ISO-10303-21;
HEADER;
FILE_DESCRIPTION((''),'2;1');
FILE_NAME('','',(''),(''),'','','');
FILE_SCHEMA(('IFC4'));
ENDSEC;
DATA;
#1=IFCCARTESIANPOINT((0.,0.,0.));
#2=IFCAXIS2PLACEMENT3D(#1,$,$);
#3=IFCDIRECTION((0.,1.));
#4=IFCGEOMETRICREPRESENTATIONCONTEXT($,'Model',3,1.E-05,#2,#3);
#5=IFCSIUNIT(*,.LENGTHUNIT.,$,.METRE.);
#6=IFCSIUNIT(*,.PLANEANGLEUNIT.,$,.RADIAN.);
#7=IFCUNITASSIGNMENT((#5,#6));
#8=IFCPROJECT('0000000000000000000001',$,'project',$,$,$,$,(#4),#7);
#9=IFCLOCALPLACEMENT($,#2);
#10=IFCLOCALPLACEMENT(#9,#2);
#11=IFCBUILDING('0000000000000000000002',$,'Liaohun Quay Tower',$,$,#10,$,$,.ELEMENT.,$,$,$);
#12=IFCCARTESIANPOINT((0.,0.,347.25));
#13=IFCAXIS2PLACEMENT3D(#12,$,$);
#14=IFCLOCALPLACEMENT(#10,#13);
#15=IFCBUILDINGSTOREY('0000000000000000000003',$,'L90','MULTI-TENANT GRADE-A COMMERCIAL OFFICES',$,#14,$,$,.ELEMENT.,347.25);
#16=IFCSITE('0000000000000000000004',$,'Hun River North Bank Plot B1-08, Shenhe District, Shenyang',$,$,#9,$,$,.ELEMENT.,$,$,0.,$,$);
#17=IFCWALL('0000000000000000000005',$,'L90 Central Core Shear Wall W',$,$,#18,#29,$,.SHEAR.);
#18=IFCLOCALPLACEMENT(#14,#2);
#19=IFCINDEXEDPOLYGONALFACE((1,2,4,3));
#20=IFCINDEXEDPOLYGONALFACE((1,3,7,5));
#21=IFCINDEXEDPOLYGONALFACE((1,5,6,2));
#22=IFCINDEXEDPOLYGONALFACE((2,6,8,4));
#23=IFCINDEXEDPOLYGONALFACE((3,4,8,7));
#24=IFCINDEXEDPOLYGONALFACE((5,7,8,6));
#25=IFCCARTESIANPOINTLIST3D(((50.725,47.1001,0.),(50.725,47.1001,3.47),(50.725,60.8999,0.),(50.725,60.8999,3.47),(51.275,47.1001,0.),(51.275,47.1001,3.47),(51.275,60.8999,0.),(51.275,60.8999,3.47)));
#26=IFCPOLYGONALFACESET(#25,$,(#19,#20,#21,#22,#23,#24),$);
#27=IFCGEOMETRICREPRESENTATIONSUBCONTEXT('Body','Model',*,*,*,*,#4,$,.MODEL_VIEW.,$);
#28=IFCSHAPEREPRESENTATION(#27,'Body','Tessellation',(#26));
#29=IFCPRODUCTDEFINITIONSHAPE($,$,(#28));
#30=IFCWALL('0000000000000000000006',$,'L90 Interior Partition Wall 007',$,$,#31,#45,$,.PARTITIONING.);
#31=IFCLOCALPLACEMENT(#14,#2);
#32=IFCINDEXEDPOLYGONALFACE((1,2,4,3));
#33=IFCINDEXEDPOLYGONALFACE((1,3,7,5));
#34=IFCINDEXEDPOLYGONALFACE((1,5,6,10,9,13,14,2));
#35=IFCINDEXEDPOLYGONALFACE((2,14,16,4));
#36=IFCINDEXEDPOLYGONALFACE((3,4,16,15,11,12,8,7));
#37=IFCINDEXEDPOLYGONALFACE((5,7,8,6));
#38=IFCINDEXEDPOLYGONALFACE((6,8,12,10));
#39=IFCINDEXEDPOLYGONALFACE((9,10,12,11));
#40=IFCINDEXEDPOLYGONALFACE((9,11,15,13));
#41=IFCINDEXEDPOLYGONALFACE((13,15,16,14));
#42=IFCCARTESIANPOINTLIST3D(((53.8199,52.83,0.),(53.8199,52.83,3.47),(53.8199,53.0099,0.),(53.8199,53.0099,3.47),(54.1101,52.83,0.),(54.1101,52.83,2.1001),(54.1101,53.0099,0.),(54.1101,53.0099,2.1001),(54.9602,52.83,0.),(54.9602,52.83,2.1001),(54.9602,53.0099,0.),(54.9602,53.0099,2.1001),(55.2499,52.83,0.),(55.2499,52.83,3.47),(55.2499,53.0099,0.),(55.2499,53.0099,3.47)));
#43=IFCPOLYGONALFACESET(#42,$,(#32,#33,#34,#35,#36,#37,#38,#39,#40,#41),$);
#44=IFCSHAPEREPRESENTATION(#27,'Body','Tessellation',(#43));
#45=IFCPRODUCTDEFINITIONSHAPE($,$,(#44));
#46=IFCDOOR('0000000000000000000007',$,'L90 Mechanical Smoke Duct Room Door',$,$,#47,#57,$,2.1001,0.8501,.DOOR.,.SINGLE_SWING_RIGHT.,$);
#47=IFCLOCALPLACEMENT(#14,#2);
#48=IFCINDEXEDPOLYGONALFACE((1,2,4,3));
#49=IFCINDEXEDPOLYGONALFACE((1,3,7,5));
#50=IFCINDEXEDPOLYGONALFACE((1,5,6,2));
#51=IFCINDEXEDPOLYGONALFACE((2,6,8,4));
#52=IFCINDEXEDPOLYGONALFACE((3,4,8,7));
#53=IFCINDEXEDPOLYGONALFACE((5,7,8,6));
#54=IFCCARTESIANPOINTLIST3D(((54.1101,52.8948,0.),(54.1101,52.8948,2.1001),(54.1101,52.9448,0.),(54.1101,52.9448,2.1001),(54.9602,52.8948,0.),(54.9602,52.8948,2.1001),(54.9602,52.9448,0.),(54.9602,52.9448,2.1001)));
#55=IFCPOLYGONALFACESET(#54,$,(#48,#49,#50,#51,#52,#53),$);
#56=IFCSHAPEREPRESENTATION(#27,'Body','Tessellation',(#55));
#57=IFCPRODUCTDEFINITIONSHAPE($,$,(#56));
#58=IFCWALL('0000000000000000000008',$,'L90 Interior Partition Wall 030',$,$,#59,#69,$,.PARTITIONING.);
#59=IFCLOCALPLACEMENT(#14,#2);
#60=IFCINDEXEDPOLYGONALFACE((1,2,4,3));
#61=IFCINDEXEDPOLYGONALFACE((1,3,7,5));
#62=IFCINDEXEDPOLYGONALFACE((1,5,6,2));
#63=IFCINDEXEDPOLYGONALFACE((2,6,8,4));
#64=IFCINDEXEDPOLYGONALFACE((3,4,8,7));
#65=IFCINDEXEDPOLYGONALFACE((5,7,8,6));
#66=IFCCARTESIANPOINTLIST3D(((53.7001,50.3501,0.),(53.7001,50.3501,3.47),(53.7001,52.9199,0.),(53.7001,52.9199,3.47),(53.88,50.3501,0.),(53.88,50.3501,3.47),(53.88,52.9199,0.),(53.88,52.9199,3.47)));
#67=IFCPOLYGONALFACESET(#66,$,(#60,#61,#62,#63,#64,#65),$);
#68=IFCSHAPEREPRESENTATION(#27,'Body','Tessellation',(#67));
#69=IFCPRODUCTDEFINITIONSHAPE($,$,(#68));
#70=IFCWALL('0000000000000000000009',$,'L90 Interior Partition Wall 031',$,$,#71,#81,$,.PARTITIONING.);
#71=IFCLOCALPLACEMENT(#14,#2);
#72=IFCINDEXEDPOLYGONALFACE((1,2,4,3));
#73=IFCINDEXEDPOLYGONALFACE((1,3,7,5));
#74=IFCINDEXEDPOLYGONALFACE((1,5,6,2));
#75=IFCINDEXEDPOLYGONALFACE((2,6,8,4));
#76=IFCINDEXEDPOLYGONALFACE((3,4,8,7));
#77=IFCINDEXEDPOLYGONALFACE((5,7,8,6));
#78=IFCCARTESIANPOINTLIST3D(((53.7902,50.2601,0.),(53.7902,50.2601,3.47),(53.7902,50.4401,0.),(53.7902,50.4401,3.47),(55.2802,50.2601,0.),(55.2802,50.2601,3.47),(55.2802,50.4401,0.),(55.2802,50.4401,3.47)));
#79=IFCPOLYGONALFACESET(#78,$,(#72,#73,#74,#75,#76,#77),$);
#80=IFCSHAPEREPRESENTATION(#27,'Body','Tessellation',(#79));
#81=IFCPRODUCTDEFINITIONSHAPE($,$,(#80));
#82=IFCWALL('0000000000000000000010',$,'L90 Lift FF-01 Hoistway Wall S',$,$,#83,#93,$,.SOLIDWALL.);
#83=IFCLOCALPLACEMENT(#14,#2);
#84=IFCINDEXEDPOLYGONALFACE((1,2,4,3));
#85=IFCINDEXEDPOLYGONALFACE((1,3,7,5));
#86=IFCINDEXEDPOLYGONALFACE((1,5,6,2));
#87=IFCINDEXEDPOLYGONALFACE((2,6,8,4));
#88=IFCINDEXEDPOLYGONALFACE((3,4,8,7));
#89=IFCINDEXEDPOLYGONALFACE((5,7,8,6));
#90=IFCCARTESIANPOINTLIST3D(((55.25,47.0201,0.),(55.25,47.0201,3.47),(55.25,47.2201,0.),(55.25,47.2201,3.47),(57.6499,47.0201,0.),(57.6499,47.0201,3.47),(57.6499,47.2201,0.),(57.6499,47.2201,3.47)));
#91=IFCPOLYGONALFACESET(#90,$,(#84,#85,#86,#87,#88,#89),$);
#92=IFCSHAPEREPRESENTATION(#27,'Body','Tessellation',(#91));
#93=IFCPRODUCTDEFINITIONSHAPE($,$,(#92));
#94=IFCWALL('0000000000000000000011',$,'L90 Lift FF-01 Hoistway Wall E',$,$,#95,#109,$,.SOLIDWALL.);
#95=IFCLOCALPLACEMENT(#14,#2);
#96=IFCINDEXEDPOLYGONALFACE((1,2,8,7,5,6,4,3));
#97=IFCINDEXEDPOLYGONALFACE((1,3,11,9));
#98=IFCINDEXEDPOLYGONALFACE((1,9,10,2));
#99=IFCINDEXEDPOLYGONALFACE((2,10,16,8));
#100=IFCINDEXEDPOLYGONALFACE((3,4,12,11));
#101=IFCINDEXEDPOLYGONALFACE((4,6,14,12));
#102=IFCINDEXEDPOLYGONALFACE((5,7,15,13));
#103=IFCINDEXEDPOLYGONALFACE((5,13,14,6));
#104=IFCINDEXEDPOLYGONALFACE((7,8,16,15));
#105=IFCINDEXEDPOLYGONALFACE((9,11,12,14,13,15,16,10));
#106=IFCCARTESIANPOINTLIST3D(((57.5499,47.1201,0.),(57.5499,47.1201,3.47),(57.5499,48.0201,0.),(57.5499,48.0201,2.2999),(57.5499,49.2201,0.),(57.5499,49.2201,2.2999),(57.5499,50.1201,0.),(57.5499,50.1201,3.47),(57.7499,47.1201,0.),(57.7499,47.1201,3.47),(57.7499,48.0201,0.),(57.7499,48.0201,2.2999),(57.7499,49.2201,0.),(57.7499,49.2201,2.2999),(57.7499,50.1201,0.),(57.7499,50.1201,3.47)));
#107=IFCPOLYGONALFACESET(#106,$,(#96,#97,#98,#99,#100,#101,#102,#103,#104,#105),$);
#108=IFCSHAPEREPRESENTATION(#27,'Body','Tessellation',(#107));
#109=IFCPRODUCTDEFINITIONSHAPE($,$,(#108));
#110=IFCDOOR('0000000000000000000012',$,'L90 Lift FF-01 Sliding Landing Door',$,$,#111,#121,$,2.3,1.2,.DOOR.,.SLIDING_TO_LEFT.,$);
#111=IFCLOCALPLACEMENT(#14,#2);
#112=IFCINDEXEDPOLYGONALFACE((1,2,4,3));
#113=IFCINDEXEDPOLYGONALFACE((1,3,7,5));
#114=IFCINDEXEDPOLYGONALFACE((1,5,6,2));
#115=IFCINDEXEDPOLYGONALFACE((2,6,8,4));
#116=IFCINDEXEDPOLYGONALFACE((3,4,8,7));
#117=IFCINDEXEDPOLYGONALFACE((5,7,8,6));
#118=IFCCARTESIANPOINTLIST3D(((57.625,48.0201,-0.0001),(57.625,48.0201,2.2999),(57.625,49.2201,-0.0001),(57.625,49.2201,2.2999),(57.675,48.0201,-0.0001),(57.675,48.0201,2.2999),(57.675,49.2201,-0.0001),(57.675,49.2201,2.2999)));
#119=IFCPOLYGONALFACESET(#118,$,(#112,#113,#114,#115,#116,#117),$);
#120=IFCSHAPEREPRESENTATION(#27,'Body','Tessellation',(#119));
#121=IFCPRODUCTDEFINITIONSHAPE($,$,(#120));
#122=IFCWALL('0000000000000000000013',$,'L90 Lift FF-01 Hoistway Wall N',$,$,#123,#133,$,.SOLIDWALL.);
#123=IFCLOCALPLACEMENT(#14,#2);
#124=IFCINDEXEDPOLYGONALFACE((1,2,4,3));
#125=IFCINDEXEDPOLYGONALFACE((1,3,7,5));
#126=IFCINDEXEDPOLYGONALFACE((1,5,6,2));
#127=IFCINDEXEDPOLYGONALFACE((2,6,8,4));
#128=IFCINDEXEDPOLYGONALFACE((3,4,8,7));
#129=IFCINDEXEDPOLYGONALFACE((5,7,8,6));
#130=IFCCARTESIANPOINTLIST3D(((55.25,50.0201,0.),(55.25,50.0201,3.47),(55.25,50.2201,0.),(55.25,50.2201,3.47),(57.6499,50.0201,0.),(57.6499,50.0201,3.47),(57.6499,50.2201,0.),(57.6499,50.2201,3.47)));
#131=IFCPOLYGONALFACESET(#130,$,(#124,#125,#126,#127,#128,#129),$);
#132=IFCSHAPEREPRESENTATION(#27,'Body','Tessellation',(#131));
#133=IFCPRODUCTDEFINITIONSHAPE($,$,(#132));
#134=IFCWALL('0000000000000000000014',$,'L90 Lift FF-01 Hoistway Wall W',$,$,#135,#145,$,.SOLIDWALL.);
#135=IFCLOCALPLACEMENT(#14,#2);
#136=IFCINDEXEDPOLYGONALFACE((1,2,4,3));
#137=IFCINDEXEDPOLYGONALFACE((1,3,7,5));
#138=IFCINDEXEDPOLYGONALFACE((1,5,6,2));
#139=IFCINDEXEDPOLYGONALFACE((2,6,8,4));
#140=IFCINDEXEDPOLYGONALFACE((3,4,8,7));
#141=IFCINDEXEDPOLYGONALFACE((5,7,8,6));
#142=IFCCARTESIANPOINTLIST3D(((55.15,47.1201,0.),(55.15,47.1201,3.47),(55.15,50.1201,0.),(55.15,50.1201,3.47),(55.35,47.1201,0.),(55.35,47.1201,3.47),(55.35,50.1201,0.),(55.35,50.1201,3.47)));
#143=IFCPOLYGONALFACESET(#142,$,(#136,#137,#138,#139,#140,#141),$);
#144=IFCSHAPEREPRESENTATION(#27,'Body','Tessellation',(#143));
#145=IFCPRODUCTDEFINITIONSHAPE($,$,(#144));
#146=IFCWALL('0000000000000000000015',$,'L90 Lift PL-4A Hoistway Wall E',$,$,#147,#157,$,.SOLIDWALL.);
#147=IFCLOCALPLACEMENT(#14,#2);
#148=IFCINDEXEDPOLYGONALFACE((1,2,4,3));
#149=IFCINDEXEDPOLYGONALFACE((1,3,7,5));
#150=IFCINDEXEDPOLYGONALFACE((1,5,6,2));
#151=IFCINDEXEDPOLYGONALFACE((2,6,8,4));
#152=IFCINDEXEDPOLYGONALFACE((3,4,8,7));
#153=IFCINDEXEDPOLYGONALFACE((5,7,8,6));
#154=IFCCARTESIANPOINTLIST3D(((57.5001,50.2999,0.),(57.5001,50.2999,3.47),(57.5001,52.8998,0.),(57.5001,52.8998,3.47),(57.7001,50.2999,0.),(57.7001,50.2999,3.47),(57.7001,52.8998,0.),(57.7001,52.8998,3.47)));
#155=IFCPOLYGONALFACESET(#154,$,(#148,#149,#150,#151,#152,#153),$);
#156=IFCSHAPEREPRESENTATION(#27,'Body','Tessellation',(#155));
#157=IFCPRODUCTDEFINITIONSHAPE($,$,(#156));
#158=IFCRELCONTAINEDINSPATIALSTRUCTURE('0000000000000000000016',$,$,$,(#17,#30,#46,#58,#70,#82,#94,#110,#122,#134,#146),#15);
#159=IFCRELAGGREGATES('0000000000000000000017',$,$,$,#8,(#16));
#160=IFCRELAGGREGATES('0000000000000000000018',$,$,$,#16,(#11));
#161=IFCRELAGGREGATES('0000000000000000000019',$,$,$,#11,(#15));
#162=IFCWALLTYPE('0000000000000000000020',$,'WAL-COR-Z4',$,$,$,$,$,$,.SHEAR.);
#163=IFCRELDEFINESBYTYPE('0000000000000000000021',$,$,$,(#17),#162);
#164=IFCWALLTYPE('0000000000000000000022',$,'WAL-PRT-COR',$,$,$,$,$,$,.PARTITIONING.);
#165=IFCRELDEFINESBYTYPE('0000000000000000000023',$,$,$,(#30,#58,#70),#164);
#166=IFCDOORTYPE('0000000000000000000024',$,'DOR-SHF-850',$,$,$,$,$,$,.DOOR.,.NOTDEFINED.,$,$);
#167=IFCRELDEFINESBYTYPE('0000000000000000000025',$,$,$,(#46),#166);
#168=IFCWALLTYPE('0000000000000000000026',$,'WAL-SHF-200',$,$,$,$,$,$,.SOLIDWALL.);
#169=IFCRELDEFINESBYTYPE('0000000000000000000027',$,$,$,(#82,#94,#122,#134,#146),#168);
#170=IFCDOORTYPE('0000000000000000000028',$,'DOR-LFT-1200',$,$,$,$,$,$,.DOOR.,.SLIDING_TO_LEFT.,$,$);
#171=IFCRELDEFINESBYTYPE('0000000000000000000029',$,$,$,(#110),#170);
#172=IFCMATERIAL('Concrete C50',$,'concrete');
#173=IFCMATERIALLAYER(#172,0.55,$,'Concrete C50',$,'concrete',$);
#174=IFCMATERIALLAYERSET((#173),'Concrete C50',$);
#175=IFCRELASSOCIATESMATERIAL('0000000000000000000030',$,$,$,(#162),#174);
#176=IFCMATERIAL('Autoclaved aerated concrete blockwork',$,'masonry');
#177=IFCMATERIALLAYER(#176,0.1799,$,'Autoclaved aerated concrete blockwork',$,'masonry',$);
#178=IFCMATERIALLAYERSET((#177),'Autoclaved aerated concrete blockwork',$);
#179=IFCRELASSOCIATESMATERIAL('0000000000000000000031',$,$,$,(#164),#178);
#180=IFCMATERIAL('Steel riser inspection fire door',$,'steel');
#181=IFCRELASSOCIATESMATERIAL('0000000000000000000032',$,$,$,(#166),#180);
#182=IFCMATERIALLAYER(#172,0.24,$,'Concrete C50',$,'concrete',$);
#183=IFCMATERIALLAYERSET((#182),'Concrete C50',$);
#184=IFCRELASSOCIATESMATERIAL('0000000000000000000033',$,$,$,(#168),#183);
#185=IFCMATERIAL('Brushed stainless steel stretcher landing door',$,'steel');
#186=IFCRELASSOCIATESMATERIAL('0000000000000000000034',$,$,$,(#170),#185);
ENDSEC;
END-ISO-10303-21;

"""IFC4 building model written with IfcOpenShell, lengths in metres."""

from ifc_helpers import new_model, si_unit, direction, frame, frame_2d, origin, place, context, subcontext, project, spatial, rectangle, extrude, source, transform, mapped, material, layer, layer_set, type_object, element, fill, save


model = new_model("IFC4")

# Units and contexts
model_context = context("Model", 3, precision=1e-05, world=origin(), true_north=direction((0.0, 1.0)))
body_context = subcontext(model_context, "Body", "Model", "MODEL_VIEW")
ifc_project = project(units=[si_unit("LENGTHUNIT", "METRE"), si_unit("PLANEANGLEUNIT", "RADIAN")], contexts=[model_context])

# Site, building, storey
site_placement = place(None, origin())
site = spatial("IfcSite", under=ifc_project, at=site_placement, Name="Hun River North Bank Plot B1-08, Shenhe District, Shenyang", CompositionType="ELEMENT", RefElevation=0.0)
building_placement = place(site_placement, origin())
building = spatial("IfcBuilding", under=site, at=building_placement, Name="Liaohun Quay Tower", CompositionType="ELEMENT")
storey_placement = place(building_placement, frame((0.0, 0.0, 347.25)))
storey = spatial("IfcBuildingStorey", under=building, at=storey_placement, Name="L90", Description="MULTI-TENANT GRADE-A COMMERCIAL OFFICES", CompositionType="ELEMENT", Elevation=347.25)

# Wall
ifc_material_1 = material(Name="Concrete C50", Category="concrete")
ifc_layer_1 = layer(ifc_material_1, 0.55, Name="Concrete C50", Category="concrete")
ifc_layer_set_1 = layer_set([ifc_layer_1], Name="Concrete C50")
wall_type_1 = type_object("IfcWallType", Name="WAL-COR-Z4", PredefinedType="SHEAR", material=ifc_layer_set_1)
wall_1_placement = place(storey_placement, frame((51.0, 47.1001, 0.0), z_axis=(0.0, 0.0, 1.0), x_axis=(0.0, 1.0, 0.0)))
element("IfcWall", 1, at=wall_1_placement, inside=storey, type_object=wall_type_1, Name="L90 Central Core Shear Wall W", PredefinedType="SHEAR", context=body_context, shape_type="SweptSolid", body=[
    extrude(rectangle(XDim=13.7998, YDim=0.55, at=frame_2d((6.8999, 0.0))), origin(), (0.0, 0.0, 1.0), 3.47),
])

# Wall, opening, door
ifc_material_2 = material(Name="Autoclaved aerated concrete blockwork", Category="masonry")
ifc_layer_2 = layer(ifc_material_2, 0.1799, Name="Autoclaved aerated concrete blockwork", Category="masonry")
ifc_layer_set_2 = layer_set([ifc_layer_2], Name="Autoclaved aerated concrete blockwork")
wall_type_2 = type_object("IfcWallType", Name="WAL-PRT-COR", PredefinedType="PARTITIONING", material=ifc_layer_set_2)
wall_2_placement = place(storey_placement, frame((53.8201, 52.9199, 0.0), z_axis=(0.0, 0.0, 1.0), x_axis=(1.0, 0.0, 0.0)))
wall_2 = element("IfcWall", 2, at=wall_2_placement, inside=storey, type_object=wall_type_2, Name="L90 Interior Partition Wall 007", PredefinedType="PARTITIONING", context=body_context, shape_type="SweptSolid", body=[
    extrude(rectangle(XDim=1.4299, YDim=0.1799, at=frame_2d((0.7148, 0.0))), origin(), (0.0, 0.0, 1.0), 3.47),
])
shared_shape_1 = source(origin(), body_context, "Body", "SweptSolid", [
    extrude(rectangle(XDim=0.8501, YDim=2.1001, at=frame_2d((0.425, 1.05))), frame((0.0, 0.0999, 0.0), z_axis=(0.0, -1.0, 0.0), x_axis=(1.0, 0.0, 0.0)), (0.0, 0.0, 1.0), 0.2),
])
opening_1_placement = place(wall_2_placement, frame((0.29, 0.0, 0.0)))
opening_1 = element("IfcOpeningElement", 3, at=opening_1_placement, cuts=wall_2, PredefinedType="OPENING", context=body_context, shape_type="MappedRepresentation", body=[
    mapped(shared_shape_1, transform((0.0, 0.0, 0.0), x_axis=(1.0, 0.0, 0.0), y_axis=(0.0, 1.0, 0.0), z_axis=(0.0, 0.0, 1.0), scale=1.0)),
])
ifc_material_3 = material(Name="Steel riser inspection fire door", Category="steel")
door_type_1 = type_object("IfcDoorType", Name="DOR-SHF-850", OperationType="NOTDEFINED", PredefinedType="DOOR", material=ifc_material_3)
shared_shape_2 = source(origin(), body_context, "Body", "SweptSolid", [
    extrude(rectangle(XDim=0.8501, YDim=2.1001, at=frame_2d((0.425, 1.05))), frame((0.0, 0.0249, 0.0), z_axis=(0.0, -1.0, 0.0), x_axis=(1.0, 0.0, 0.0)), (0.0, 0.0, 1.0), 0.05),
])
door_1_placement = place(opening_1_placement, origin())
door_1 = element("IfcDoor", 4, at=door_1_placement, inside=storey, type_object=door_type_1, Name="L90 Mechanical Smoke Duct Room Door", OperationType="SINGLE_SWING_RIGHT", OverallHeight=2.1001, OverallWidth=0.8501, PredefinedType="DOOR", context=body_context, shape_type="MappedRepresentation", body=[
    mapped(shared_shape_2, transform((0.0, 0.0, 0.0), x_axis=(1.0, 0.0, 0.0), y_axis=(0.0, 1.0, 0.0), z_axis=(0.0, 0.0, 1.0), scale=1.0)),
])
fill(opening_1, door_1)

# Walls
wall_3_placement = place(storey_placement, frame((53.79, 50.3501, 0.0), z_axis=(0.0, 0.0, 1.0), x_axis=(0.0, 1.0, 0.0)))
element("IfcWall", 5, at=wall_3_placement, inside=storey, type_object=wall_type_2, Name="L90 Interior Partition Wall 030", PredefinedType="PARTITIONING", context=body_context, shape_type="SweptSolid", body=[
    extrude(rectangle(XDim=2.5698, YDim=0.1799, at=frame_2d((1.2849, 0.0))), origin(), (0.0, 0.0, 1.0), 3.47),
])
wall_4_placement = place(storey_placement, frame((53.79, 50.3501, 0.0), z_axis=(0.0, 0.0, 1.0), x_axis=(1.0, 0.0, 0.0)))
element("IfcWall", 6, at=wall_4_placement, inside=storey, type_object=wall_type_2, Name="L90 Interior Partition Wall 031", PredefinedType="PARTITIONING", context=body_context, shape_type="SweptSolid", body=[
    extrude(rectangle(XDim=1.49, YDim=0.1799, at=frame_2d((0.7451, 0.0))), origin(), (0.0, 0.0, 1.0), 3.47),
])
ifc_layer_3 = layer(ifc_material_1, 0.24, Name="Concrete C50", Category="concrete")
ifc_layer_set_3 = layer_set([ifc_layer_3], Name="Concrete C50")
wall_type_3 = type_object("IfcWallType", Name="WAL-SHF-200", PredefinedType="SOLIDWALL", material=ifc_layer_set_3)
wall_5_placement = place(storey_placement, frame((55.25, 47.1201, 0.0), z_axis=(0.0, 0.0, 1.0), x_axis=(1.0, 0.0, 0.0)))
element("IfcWall", 7, at=wall_5_placement, inside=storey, type_object=wall_type_3, Name="L90 Lift FF-01 Hoistway Wall S", PredefinedType="SOLIDWALL", context=body_context, shape_type="SweptSolid", body=[
    extrude(rectangle(XDim=2.3999, YDim=0.2, at=frame_2d((1.2, 0.0))), origin(), (0.0, 0.0, 1.0), 3.47),
])

# Wall, opening, door
wall_6_placement = place(storey_placement, frame((57.6499, 47.1201, 0.0), z_axis=(0.0, 0.0, 1.0), x_axis=(0.0, 1.0, 0.0)))
wall_6 = element("IfcWall", 8, at=wall_6_placement, inside=storey, type_object=wall_type_3, Name="L90 Lift FF-01 Hoistway Wall E", PredefinedType="SOLIDWALL", context=body_context, shape_type="SweptSolid", body=[
    extrude(rectangle(XDim=3.0, YDim=0.2, at=frame_2d((1.5, 0.0))), origin(), (0.0, 0.0, 1.0), 3.47),
])
shared_shape_3 = source(origin(), body_context, "Body", "SweptSolid", [
    extrude(rectangle(XDim=1.2, YDim=2.3, at=frame_2d((0.6001, 1.1499))), frame((0.0, 0.1099, 0.0), z_axis=(0.0, -1.0, 0.0), x_axis=(1.0, 0.0, 0.0)), (0.0, 0.0, 1.0), 0.22),
])
opening_2_placement = place(wall_6_placement, frame((0.8999, 0.0, 0.0)))
opening_2 = element("IfcOpeningElement", 9, at=opening_2_placement, cuts=wall_6, PredefinedType="OPENING", context=body_context, shape_type="MappedRepresentation", body=[
    mapped(shared_shape_3, transform((0.0, 0.0, 0.0), x_axis=(1.0, 0.0, 0.0), y_axis=(0.0, 1.0, 0.0), z_axis=(0.0, 0.0, 1.0), scale=1.0)),
])
ifc_material_4 = material(Name="Brushed stainless steel stretcher landing door", Category="steel")
door_type_2 = type_object("IfcDoorType", Name="DOR-LFT-1200", OperationType="SLIDING_TO_LEFT", PredefinedType="DOOR", material=ifc_material_4)
shared_shape_4 = source(origin(), body_context, "Body", "SweptSolid", [
    extrude(rectangle(XDim=1.2, YDim=2.3, at=frame_2d((0.6001, 1.1499))), frame((0.0, 0.0249, 0.0), z_axis=(0.0, -1.0, 0.0), x_axis=(1.0, 0.0, 0.0)), (0.0, 0.0, 1.0), 0.05),
])
door_2_placement = place(opening_2_placement, origin())
door_2 = element("IfcDoor", 10, at=door_2_placement, inside=storey, type_object=door_type_2, Name="L90 Lift FF-01 Sliding Landing Door", OperationType="SLIDING_TO_LEFT", OverallHeight=2.3, OverallWidth=1.2, PredefinedType="DOOR", context=body_context, shape_type="MappedRepresentation", body=[
    mapped(shared_shape_4, transform((0.0, 0.0, 0.0), x_axis=(1.0, 0.0, 0.0), y_axis=(0.0, 1.0, 0.0), z_axis=(0.0, 0.0, 1.0), scale=1.0)),
])
fill(opening_2, door_2)

# Walls
wall_7_placement = place(storey_placement, frame((57.6499, 50.1201, 0.0), z_axis=(0.0, 0.0, 1.0), x_axis=(-1.0, 0.0, 0.0)))
element("IfcWall", 11, at=wall_7_placement, inside=storey, type_object=wall_type_3, Name="L90 Lift FF-01 Hoistway Wall N", PredefinedType="SOLIDWALL", context=body_context, shape_type="SweptSolid", body=[
    extrude(rectangle(XDim=2.3999, YDim=0.2, at=frame_2d((1.2, 0.0))), origin(), (0.0, 0.0, 1.0), 3.47),
])
wall_8_placement = place(storey_placement, frame((55.25, 50.1201, 0.0), z_axis=(0.0, 0.0, 1.0), x_axis=(0.0, -1.0, 0.0)))
element("IfcWall", 12, at=wall_8_placement, inside=storey, type_object=wall_type_3, Name="L90 Lift FF-01 Hoistway Wall W", PredefinedType="SOLIDWALL", context=body_context, shape_type="SweptSolid", body=[
    extrude(rectangle(XDim=3.0, YDim=0.2, at=frame_2d((1.5, 0.0))), origin(), (0.0, 0.0, 1.0), 3.47),
])
wall_9_placement = place(storey_placement, frame((57.6001, 50.3, 0.0), z_axis=(0.0, 0.0, 1.0), x_axis=(0.0, 1.0, 0.0)))
element("IfcWall", 13, at=wall_9_placement, inside=storey, type_object=wall_type_3, Name="L90 Lift PL-4A Hoistway Wall E", PredefinedType="SOLIDWALL", context=body_context, shape_type="SweptSolid", body=[
    extrude(rectangle(XDim=2.5999, YDim=0.2, at=frame_2d((1.2998, 0.0))), origin(), (0.0, 0.0, 1.0), 3.47),
])

save(model, "model.ifc")
